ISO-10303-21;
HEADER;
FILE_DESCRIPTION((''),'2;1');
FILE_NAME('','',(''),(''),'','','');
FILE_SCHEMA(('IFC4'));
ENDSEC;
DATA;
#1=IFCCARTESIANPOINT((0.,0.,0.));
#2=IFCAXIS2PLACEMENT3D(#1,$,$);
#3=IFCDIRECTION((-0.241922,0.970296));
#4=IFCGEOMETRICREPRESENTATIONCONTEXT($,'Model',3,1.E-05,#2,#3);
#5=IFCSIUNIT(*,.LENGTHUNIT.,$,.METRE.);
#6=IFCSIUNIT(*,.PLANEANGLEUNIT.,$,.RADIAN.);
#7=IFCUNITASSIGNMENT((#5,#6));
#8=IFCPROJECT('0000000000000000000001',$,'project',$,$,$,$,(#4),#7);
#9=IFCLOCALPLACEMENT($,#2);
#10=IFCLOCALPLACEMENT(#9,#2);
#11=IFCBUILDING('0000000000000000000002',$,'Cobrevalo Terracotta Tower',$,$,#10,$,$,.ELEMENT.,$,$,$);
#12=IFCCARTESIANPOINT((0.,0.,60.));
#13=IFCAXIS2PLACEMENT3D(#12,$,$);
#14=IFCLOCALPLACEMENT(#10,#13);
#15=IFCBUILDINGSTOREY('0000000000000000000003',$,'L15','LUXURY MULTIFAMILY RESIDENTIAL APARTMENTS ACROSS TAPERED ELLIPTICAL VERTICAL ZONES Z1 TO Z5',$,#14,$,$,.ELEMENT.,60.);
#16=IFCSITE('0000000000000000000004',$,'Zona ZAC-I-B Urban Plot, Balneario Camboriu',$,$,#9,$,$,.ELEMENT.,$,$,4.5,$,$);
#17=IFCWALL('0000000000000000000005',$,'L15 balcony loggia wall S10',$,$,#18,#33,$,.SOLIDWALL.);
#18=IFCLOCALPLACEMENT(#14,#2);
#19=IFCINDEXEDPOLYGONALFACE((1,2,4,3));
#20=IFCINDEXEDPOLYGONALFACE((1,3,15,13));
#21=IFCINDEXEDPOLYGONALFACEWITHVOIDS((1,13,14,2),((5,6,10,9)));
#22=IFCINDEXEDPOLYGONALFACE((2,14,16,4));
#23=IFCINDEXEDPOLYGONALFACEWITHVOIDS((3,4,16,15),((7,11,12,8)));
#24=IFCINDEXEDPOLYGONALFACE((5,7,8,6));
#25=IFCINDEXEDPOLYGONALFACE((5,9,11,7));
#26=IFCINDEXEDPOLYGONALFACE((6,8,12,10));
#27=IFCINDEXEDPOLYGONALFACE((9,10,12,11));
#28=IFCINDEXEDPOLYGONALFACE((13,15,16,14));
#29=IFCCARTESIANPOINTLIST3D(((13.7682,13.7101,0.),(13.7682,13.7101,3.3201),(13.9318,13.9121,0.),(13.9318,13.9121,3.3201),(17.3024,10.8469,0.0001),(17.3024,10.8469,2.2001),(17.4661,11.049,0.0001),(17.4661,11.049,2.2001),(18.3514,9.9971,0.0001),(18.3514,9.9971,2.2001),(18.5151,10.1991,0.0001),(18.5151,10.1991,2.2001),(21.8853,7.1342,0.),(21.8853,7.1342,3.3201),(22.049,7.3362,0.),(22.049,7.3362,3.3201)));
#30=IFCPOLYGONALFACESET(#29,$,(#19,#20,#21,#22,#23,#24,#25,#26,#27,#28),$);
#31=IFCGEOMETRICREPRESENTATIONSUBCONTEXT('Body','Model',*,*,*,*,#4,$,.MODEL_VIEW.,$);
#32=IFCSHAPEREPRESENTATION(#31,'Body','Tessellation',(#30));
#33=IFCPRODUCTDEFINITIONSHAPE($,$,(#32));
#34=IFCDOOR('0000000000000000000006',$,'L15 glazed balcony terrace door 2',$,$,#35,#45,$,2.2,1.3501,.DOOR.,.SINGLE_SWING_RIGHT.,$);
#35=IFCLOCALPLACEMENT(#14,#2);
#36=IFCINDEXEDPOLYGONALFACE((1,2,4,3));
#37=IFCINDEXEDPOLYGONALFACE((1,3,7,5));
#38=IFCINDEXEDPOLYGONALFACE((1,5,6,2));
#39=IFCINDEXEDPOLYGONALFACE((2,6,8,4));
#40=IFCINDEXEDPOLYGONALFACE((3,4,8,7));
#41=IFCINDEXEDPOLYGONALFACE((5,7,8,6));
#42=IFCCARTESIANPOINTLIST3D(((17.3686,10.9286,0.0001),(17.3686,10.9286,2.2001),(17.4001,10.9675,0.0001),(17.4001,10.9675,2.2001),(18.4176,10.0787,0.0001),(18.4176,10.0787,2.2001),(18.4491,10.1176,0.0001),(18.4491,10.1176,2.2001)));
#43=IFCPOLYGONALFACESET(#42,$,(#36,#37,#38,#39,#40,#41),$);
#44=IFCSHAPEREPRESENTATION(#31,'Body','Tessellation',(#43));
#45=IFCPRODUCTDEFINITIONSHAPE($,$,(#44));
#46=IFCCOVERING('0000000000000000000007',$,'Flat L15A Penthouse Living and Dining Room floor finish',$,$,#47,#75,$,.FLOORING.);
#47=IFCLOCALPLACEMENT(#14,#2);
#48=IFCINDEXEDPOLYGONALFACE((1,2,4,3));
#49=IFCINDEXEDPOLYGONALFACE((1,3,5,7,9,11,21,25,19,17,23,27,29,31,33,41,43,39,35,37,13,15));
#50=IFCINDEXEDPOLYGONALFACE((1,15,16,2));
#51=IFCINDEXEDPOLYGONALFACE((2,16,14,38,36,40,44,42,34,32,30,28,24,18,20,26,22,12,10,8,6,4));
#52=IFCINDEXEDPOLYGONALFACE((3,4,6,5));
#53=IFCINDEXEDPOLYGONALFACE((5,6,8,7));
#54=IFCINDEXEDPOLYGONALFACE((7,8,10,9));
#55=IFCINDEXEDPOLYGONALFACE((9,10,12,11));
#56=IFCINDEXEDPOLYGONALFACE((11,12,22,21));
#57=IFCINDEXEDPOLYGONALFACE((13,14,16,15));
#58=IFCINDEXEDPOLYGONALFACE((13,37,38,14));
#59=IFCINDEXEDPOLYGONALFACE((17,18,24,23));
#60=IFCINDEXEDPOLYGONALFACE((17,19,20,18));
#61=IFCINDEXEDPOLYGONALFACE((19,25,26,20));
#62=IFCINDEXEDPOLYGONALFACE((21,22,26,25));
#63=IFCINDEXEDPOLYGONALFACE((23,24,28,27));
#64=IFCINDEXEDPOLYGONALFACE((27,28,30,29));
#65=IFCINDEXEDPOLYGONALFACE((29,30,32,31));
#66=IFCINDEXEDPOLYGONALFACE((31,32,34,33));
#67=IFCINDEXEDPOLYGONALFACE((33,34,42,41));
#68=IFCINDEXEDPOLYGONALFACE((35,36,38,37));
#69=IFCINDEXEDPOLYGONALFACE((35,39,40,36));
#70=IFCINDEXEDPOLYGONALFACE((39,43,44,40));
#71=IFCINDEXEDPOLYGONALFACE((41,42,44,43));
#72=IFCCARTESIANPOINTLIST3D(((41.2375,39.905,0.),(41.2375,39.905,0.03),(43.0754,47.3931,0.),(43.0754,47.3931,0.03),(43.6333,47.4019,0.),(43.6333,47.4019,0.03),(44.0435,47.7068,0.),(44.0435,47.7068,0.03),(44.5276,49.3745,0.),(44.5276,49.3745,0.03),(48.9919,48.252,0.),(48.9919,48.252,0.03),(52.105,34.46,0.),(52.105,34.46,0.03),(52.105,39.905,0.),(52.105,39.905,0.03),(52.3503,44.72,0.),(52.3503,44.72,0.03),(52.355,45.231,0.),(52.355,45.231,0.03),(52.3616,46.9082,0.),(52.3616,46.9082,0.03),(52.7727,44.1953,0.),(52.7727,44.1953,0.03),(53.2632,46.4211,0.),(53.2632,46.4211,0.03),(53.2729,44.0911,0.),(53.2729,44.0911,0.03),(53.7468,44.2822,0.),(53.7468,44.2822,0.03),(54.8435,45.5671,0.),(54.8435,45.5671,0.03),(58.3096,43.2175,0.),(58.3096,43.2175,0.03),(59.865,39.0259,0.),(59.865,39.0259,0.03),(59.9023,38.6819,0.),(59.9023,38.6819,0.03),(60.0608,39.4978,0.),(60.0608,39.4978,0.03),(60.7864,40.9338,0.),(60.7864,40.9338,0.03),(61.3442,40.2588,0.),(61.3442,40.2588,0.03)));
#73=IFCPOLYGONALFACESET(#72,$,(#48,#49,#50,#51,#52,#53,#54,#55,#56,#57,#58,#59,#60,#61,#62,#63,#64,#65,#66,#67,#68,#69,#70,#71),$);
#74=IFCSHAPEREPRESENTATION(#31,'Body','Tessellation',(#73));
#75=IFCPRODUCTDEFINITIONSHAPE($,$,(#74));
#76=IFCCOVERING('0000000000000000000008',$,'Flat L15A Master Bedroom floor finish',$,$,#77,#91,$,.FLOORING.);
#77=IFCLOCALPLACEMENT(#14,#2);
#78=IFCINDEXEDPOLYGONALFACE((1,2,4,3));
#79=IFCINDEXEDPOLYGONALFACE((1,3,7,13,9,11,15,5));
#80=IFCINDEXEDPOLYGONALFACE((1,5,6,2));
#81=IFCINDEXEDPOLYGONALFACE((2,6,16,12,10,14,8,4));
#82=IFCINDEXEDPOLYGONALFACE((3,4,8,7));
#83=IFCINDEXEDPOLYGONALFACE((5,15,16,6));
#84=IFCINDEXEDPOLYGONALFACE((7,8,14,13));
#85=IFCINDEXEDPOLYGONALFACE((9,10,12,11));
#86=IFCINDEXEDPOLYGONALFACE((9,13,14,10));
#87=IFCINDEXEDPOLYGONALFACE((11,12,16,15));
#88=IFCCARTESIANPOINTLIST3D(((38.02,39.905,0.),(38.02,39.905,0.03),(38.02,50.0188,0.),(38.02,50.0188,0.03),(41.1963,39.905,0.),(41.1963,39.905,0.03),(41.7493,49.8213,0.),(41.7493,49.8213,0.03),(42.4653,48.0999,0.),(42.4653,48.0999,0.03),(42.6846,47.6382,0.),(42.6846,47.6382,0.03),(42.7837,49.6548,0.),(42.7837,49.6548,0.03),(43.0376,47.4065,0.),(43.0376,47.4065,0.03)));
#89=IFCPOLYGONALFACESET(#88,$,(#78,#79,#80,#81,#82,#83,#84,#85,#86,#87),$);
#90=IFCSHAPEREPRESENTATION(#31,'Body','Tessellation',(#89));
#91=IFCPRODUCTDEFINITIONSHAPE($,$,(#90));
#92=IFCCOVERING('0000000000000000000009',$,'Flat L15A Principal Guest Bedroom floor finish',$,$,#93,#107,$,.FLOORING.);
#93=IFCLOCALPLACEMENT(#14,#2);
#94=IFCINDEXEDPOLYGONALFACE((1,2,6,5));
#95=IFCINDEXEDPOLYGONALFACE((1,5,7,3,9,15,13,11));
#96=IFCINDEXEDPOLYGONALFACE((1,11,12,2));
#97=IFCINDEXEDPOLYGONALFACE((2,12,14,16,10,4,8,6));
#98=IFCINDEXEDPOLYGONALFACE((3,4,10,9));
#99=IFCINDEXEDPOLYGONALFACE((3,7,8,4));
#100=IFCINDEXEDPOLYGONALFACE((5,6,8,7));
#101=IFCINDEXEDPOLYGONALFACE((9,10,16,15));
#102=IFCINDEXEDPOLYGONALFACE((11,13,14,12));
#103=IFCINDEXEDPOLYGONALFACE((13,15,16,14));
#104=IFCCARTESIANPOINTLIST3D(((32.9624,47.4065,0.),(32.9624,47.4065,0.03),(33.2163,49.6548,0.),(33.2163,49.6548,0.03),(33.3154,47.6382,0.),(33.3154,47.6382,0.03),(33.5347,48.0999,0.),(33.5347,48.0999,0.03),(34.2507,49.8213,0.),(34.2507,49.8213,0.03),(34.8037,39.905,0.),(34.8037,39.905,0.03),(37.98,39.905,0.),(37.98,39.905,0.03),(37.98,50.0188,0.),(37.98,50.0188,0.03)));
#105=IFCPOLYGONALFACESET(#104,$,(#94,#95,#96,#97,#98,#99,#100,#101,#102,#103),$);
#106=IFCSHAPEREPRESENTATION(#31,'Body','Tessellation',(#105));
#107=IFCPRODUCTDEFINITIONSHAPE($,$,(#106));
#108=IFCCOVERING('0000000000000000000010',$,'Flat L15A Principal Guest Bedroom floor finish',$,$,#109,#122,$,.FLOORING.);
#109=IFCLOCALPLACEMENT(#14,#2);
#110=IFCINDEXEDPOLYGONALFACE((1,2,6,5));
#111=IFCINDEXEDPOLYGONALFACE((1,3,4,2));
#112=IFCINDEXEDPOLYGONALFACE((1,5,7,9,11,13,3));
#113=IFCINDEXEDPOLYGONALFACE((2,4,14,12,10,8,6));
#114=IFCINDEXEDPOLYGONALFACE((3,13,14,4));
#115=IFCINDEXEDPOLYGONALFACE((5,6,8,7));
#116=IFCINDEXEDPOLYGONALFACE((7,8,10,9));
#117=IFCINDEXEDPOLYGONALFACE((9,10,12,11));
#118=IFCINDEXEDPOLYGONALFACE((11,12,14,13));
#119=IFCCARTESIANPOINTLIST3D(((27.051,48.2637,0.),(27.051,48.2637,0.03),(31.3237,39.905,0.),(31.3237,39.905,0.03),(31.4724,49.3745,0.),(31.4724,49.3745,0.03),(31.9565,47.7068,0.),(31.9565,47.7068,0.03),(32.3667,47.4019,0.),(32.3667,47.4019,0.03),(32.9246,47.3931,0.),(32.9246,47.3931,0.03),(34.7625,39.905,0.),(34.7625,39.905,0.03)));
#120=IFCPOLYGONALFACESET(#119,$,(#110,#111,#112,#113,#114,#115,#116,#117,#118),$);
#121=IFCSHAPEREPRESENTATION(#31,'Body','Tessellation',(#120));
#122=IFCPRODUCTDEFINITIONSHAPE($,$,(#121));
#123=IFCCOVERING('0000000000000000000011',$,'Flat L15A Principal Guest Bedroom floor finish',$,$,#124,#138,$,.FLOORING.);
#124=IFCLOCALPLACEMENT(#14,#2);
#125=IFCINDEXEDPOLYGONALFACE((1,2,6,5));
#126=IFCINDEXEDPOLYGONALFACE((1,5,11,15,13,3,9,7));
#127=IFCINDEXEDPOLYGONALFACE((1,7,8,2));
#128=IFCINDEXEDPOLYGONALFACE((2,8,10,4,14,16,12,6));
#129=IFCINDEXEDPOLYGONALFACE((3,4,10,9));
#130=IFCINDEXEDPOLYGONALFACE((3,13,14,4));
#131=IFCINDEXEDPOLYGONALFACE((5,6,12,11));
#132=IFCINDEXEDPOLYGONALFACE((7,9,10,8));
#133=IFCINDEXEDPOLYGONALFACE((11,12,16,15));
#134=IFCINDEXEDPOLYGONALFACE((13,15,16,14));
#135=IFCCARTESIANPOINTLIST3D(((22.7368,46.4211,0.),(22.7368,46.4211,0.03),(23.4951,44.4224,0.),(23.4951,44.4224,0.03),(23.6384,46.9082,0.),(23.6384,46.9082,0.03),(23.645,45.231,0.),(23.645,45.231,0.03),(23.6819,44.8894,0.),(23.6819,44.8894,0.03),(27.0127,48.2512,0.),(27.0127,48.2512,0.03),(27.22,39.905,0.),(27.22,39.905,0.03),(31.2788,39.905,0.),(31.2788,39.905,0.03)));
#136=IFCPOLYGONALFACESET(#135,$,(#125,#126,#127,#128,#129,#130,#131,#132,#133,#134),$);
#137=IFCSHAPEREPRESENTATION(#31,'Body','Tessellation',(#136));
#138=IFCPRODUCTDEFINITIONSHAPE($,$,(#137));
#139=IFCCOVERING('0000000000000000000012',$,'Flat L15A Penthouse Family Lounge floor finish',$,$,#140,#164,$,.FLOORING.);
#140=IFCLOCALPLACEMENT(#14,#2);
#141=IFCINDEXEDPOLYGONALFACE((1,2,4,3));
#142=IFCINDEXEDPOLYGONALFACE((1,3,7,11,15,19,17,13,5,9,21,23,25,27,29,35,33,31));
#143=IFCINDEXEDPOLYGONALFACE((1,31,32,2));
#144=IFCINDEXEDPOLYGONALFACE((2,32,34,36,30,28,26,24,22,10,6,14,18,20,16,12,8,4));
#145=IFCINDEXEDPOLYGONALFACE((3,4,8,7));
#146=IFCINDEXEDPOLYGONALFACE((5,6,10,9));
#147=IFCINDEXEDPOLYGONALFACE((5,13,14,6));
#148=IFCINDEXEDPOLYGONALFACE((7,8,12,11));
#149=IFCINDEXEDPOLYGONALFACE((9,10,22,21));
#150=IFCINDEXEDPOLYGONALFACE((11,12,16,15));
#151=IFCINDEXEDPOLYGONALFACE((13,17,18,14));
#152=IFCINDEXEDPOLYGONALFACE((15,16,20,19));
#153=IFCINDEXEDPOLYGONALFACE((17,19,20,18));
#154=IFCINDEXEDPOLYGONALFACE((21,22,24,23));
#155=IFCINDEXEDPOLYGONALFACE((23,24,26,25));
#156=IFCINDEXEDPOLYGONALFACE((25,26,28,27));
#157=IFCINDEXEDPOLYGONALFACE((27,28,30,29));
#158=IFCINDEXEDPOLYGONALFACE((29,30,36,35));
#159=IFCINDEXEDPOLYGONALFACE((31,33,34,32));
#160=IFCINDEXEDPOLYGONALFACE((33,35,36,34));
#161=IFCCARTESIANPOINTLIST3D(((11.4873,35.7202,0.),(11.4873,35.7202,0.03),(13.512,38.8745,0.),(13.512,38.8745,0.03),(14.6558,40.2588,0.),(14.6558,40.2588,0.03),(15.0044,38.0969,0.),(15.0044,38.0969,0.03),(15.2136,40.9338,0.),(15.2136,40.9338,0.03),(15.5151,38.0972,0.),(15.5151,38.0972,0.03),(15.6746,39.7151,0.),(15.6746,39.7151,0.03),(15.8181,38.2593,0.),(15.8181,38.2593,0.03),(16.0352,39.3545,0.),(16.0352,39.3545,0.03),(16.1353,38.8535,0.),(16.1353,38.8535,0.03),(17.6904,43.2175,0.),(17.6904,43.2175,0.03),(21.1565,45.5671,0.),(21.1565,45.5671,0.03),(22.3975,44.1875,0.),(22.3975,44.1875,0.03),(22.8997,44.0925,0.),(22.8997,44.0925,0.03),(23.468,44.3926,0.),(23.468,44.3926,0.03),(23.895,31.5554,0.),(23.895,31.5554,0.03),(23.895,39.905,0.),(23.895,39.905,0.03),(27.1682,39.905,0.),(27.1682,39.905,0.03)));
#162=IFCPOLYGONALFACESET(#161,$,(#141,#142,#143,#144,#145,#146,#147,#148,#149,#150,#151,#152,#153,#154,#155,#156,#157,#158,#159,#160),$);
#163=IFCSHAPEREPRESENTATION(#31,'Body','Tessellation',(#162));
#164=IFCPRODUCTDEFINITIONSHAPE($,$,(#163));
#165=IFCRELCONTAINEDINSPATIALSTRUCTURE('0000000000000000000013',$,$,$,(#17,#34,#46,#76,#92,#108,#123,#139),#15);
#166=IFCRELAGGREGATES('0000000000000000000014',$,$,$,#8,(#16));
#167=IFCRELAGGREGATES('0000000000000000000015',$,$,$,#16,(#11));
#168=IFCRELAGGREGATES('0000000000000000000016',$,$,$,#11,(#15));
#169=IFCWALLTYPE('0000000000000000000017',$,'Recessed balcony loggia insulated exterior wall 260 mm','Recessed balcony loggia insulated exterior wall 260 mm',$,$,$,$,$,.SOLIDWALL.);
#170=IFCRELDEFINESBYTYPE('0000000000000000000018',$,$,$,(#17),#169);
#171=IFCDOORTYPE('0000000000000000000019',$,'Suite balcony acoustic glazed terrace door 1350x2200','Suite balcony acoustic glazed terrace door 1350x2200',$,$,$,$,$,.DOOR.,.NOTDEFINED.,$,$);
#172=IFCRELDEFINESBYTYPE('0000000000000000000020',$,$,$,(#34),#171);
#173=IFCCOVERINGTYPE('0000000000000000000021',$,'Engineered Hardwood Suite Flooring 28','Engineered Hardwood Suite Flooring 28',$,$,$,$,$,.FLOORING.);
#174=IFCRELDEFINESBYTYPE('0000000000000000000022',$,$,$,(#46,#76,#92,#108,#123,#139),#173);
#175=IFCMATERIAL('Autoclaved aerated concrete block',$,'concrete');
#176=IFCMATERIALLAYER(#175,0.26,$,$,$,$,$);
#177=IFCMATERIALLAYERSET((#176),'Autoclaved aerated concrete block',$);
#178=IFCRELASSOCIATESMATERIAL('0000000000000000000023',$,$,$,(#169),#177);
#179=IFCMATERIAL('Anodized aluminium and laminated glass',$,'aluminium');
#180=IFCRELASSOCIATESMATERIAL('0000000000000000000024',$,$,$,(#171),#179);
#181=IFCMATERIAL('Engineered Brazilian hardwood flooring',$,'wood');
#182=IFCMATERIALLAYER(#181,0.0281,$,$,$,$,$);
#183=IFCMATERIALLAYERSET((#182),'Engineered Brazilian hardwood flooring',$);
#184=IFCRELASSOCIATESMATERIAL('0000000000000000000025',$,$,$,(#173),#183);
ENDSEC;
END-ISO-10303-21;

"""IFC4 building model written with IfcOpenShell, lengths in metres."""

from ifc_helpers import new_model, si_unit, direction, frame, frame_2d, origin, place, context, subcontext, project, spatial, polyline, rectangle, outline, extrude, source, transform, mapped, material, layer, layer_set, type_object, element, fill, save


model = new_model("IFC4")

# Units and contexts
model_context = context("Model", 3, precision=1e-05, world=origin(), true_north=direction((-0.241922, 0.970296)))
body_context = subcontext(model_context, "Body", "Model", "MODEL_VIEW")
ifc_project = project(units=[si_unit("LENGTHUNIT", "METRE"), si_unit("PLANEANGLEUNIT", "RADIAN")], contexts=[model_context])

# Site, building, storey
site_placement = place(None, origin())
site = spatial("IfcSite", under=ifc_project, at=site_placement, Name="Zona ZAC-I-B Urban Plot, Balneario Camboriu", CompositionType="ELEMENT", RefElevation=4.5)
building_placement = place(site_placement, origin())
building = spatial("IfcBuilding", under=site, at=building_placement, Name="Cobrevalo Terracotta Tower", CompositionType="ELEMENT")
storey_placement = place(building_placement, frame((0.0, 0.0, 60.0)))
storey = spatial("IfcBuildingStorey", under=building, at=storey_placement, Name="L15", Description="LUXURY MULTIFAMILY RESIDENTIAL APARTMENTS ACROSS TAPERED ELLIPTICAL VERTICAL ZONES Z1 TO Z5", CompositionType="ELEMENT", Elevation=60.0)

# Wall, opening, door
ifc_material_1 = material(Name="Autoclaved aerated concrete block", Category="concrete")
ifc_layer_1 = layer(ifc_material_1, 0.26)
ifc_layer_set_1 = layer_set([ifc_layer_1], Name="Autoclaved aerated concrete block")
wall_type = type_object("IfcWallType", Name="Recessed balcony loggia insulated exterior wall 260 mm", Description="Recessed balcony loggia insulated exterior wall 260 mm", PredefinedType="SOLIDWALL", material=ifc_layer_set_1)
wall_placement = place(storey_placement, frame((13.8501, 13.811, 0.0), z_axis=(0.0, 0.0, 1.0), x_axis=(0.777017, -0.62948, 0.0)))
wall = element("IfcWall", 1, at=wall_placement, inside=storey, type_object=wall_type, Name="L15 balcony loggia wall S10", PredefinedType="SOLIDWALL", context=body_context, shape_type="SweptSolid", body=[
    extrude(rectangle(XDim=10.4465, YDim=0.26, at=frame_2d((5.2231, 0.0))), origin(), (0.0, 0.0, 1.0), 3.3201),
])
opening_placement = place(wall_placement, frame((4.5483, 0.0, 0.0)))
opening = element("IfcOpeningElement", 2, at=opening_placement, cuts=wall, PredefinedType="OPENING", context=body_context, shape_type="SweptSolid", body=[
    extrude(rectangle(XDim=1.3501, YDim=2.2, at=frame_2d((0.675, 1.1001))), frame((0.0, 0.1401, 0.0), z_axis=(0.0, -1.0, 0.0), x_axis=(1.0, 0.0, 0.0)), (0.0, 0.0, 1.0), 0.28),
])
ifc_material_2 = material(Name="Anodized aluminium and laminated glass", Category="aluminium")
door_type = type_object("IfcDoorType", Name="Suite balcony acoustic glazed terrace door 1350x2200", Description="Suite balcony acoustic glazed terrace door 1350x2200", OperationType="NOTDEFINED", PredefinedType="DOOR", material=ifc_material_2)
shared_shape_1 = source(origin(), body_context, "Body", "SweptSolid", [
    extrude(rectangle(XDim=1.3501, YDim=2.2, at=frame_2d((0.675, 1.1001))), frame((0.0, 0.0249, 0.0), z_axis=(0.0, -1.0, 0.0), x_axis=(1.0, 0.0, 0.0)), (0.0, 0.0, 1.0), 0.05),
])
door_placement = place(opening_placement, frame((1.3501, 0.0, 0.0), z_axis=(0.0, 0.0, 1.0), x_axis=(-1.0, 0.0, 0.0)))
door = element("IfcDoor", 3, at=door_placement, inside=storey, type_object=door_type, Name="L15 glazed balcony terrace door 2", OperationType="SINGLE_SWING_RIGHT", OverallHeight=2.2, OverallWidth=1.3501, PredefinedType="DOOR", context=body_context, shape_type="MappedRepresentation", body=[
    mapped(shared_shape_1, transform((0.0, 0.0, 0.0), scale=1.0)),
])
fill(opening, door)

# Coverings
ifc_material_3 = material(Name="Engineered Brazilian hardwood flooring", Category="wood")
ifc_layer_2 = layer(ifc_material_3, 0.0281)
ifc_layer_set_2 = layer_set([ifc_layer_2], Name="Engineered Brazilian hardwood flooring")
covering_type_1 = type_object("IfcCoveringType", Name="Engineered Hardwood Suite Flooring 28", Description="Engineered Hardwood Suite Flooring 28", PredefinedType="FLOORING", material=ifc_layer_set_2)
covering_1_placement = place(storey_placement, origin())
element("IfcCovering", 4, at=covering_1_placement, inside=storey, type_object=covering_type_1, Name="Flat L15A Penthouse Living and Dining Room floor finish", PredefinedType="FLOORING", context=body_context, shape_type="SweptSolid", body=[
    extrude(outline(polyline([(48.9919, 48.252), (52.3616, 46.9082), (53.2632, 46.4211), (52.355, 45.231), (52.3503, 44.72), (52.7727, 44.1953), (53.2729, 44.0911), (53.7468, 44.2822), (54.8435, 45.5671), (58.3096, 43.2175), (60.7864, 40.9338), (61.3442, 40.2588), (60.0608, 39.4978), (59.865, 39.0259), (59.9023, 38.6819), (52.105, 34.46), (52.105, 39.905), (41.2375, 39.905), (43.0754, 47.3931), (43.6333, 47.4019), (44.0435, 47.7068), (44.5276, 49.3745), (48.9919, 48.252)])), origin(), (0.0, 0.0, 1.0), 0.03),
])
covering_2_placement = place(storey_placement, origin())
element("IfcCovering", 5, at=covering_2_placement, inside=storey, type_object=covering_type_1, Name="Flat L15A Master Bedroom floor finish", PredefinedType="FLOORING", context=body_context, shape_type="SweptSolid", body=[
    extrude(outline(polyline([(42.7837, 49.6548), (42.4653, 48.0999), (42.6846, 47.6382), (43.0376, 47.4065), (41.1963, 39.905), (38.02, 39.905), (38.02, 50.0188), (41.7493, 49.8213), (42.7837, 49.6548)])), origin(), (0.0, 0.0, 1.0), 0.03),
])
covering_3_placement = place(storey_placement, origin())
element("IfcCovering", 6, at=covering_3_placement, inside=storey, type_object=covering_type_1, Name="Flat L15A Principal Guest Bedroom floor finish", PredefinedType="FLOORING", context=body_context, shape_type="SweptSolid", body=[
    extrude(outline(polyline([(37.98, 50.0188), (37.98, 39.905), (34.8037, 39.905), (32.9624, 47.4065), (33.3154, 47.6382), (33.5347, 48.0999), (33.2163, 49.6548), (34.2507, 49.8213), (37.98, 50.0188)])), origin(), (0.0, 0.0, 1.0), 0.03),
])
covering_4_placement = place(storey_placement, origin())
element("IfcCovering", 7, at=covering_4_placement, inside=storey, type_object=covering_type_1, Name="Flat L15A Principal Guest Bedroom floor finish", PredefinedType="FLOORING", context=body_context, shape_type="SweptSolid", body=[
    extrude(outline(polyline([(31.4724, 49.3745), (31.9565, 47.7068), (32.3667, 47.4019), (32.9246, 47.3931), (34.7625, 39.905), (31.3237, 39.905), (27.051, 48.2637), (31.4724, 49.3745)])), origin(), (0.0, 0.0, 1.0), 0.03),
])
covering_5_placement = place(storey_placement, origin())
element("IfcCovering", 8, at=covering_5_placement, inside=storey, type_object=covering_type_1, Name="Flat L15A Principal Guest Bedroom floor finish", PredefinedType="FLOORING", context=body_context, shape_type="SweptSolid", body=[
    extrude(outline(polyline([(23.4951, 44.4224), (23.6819, 44.8894), (23.645, 45.231), (22.7368, 46.4211), (23.6384, 46.9082), (27.0127, 48.2512), (31.2788, 39.905), (27.22, 39.905), (23.4951, 44.4224)])), origin(), (0.0, 0.0, 1.0), 0.03),
])
covering_6_placement = place(storey_placement, origin())
element("IfcCovering", 9, at=covering_6_placement, inside=storey, type_object=covering_type_1, Name="Flat L15A Penthouse Family Lounge floor finish", PredefinedType="FLOORING", context=body_context, shape_type="SweptSolid", body=[
    extrude(outline(polyline([(13.512, 38.8745), (15.0044, 38.0969), (15.5151, 38.0972), (15.8181, 38.2593), (16.1353, 38.8535), (16.0352, 39.3545), (15.6746, 39.7151), (14.6558, 40.2588), (15.2136, 40.9338), (17.6904, 43.2175), (21.1565, 45.5671), (22.3975, 44.1875), (22.8997, 44.0925), (23.468, 44.3926), (27.1682, 39.905), (23.895, 39.905), (23.895, 31.5554), (11.4873, 35.7202), (13.512, 38.8745)])), origin(), (0.0, 0.0, 1.0), 0.03),
])

save(model, "model.ifc")
